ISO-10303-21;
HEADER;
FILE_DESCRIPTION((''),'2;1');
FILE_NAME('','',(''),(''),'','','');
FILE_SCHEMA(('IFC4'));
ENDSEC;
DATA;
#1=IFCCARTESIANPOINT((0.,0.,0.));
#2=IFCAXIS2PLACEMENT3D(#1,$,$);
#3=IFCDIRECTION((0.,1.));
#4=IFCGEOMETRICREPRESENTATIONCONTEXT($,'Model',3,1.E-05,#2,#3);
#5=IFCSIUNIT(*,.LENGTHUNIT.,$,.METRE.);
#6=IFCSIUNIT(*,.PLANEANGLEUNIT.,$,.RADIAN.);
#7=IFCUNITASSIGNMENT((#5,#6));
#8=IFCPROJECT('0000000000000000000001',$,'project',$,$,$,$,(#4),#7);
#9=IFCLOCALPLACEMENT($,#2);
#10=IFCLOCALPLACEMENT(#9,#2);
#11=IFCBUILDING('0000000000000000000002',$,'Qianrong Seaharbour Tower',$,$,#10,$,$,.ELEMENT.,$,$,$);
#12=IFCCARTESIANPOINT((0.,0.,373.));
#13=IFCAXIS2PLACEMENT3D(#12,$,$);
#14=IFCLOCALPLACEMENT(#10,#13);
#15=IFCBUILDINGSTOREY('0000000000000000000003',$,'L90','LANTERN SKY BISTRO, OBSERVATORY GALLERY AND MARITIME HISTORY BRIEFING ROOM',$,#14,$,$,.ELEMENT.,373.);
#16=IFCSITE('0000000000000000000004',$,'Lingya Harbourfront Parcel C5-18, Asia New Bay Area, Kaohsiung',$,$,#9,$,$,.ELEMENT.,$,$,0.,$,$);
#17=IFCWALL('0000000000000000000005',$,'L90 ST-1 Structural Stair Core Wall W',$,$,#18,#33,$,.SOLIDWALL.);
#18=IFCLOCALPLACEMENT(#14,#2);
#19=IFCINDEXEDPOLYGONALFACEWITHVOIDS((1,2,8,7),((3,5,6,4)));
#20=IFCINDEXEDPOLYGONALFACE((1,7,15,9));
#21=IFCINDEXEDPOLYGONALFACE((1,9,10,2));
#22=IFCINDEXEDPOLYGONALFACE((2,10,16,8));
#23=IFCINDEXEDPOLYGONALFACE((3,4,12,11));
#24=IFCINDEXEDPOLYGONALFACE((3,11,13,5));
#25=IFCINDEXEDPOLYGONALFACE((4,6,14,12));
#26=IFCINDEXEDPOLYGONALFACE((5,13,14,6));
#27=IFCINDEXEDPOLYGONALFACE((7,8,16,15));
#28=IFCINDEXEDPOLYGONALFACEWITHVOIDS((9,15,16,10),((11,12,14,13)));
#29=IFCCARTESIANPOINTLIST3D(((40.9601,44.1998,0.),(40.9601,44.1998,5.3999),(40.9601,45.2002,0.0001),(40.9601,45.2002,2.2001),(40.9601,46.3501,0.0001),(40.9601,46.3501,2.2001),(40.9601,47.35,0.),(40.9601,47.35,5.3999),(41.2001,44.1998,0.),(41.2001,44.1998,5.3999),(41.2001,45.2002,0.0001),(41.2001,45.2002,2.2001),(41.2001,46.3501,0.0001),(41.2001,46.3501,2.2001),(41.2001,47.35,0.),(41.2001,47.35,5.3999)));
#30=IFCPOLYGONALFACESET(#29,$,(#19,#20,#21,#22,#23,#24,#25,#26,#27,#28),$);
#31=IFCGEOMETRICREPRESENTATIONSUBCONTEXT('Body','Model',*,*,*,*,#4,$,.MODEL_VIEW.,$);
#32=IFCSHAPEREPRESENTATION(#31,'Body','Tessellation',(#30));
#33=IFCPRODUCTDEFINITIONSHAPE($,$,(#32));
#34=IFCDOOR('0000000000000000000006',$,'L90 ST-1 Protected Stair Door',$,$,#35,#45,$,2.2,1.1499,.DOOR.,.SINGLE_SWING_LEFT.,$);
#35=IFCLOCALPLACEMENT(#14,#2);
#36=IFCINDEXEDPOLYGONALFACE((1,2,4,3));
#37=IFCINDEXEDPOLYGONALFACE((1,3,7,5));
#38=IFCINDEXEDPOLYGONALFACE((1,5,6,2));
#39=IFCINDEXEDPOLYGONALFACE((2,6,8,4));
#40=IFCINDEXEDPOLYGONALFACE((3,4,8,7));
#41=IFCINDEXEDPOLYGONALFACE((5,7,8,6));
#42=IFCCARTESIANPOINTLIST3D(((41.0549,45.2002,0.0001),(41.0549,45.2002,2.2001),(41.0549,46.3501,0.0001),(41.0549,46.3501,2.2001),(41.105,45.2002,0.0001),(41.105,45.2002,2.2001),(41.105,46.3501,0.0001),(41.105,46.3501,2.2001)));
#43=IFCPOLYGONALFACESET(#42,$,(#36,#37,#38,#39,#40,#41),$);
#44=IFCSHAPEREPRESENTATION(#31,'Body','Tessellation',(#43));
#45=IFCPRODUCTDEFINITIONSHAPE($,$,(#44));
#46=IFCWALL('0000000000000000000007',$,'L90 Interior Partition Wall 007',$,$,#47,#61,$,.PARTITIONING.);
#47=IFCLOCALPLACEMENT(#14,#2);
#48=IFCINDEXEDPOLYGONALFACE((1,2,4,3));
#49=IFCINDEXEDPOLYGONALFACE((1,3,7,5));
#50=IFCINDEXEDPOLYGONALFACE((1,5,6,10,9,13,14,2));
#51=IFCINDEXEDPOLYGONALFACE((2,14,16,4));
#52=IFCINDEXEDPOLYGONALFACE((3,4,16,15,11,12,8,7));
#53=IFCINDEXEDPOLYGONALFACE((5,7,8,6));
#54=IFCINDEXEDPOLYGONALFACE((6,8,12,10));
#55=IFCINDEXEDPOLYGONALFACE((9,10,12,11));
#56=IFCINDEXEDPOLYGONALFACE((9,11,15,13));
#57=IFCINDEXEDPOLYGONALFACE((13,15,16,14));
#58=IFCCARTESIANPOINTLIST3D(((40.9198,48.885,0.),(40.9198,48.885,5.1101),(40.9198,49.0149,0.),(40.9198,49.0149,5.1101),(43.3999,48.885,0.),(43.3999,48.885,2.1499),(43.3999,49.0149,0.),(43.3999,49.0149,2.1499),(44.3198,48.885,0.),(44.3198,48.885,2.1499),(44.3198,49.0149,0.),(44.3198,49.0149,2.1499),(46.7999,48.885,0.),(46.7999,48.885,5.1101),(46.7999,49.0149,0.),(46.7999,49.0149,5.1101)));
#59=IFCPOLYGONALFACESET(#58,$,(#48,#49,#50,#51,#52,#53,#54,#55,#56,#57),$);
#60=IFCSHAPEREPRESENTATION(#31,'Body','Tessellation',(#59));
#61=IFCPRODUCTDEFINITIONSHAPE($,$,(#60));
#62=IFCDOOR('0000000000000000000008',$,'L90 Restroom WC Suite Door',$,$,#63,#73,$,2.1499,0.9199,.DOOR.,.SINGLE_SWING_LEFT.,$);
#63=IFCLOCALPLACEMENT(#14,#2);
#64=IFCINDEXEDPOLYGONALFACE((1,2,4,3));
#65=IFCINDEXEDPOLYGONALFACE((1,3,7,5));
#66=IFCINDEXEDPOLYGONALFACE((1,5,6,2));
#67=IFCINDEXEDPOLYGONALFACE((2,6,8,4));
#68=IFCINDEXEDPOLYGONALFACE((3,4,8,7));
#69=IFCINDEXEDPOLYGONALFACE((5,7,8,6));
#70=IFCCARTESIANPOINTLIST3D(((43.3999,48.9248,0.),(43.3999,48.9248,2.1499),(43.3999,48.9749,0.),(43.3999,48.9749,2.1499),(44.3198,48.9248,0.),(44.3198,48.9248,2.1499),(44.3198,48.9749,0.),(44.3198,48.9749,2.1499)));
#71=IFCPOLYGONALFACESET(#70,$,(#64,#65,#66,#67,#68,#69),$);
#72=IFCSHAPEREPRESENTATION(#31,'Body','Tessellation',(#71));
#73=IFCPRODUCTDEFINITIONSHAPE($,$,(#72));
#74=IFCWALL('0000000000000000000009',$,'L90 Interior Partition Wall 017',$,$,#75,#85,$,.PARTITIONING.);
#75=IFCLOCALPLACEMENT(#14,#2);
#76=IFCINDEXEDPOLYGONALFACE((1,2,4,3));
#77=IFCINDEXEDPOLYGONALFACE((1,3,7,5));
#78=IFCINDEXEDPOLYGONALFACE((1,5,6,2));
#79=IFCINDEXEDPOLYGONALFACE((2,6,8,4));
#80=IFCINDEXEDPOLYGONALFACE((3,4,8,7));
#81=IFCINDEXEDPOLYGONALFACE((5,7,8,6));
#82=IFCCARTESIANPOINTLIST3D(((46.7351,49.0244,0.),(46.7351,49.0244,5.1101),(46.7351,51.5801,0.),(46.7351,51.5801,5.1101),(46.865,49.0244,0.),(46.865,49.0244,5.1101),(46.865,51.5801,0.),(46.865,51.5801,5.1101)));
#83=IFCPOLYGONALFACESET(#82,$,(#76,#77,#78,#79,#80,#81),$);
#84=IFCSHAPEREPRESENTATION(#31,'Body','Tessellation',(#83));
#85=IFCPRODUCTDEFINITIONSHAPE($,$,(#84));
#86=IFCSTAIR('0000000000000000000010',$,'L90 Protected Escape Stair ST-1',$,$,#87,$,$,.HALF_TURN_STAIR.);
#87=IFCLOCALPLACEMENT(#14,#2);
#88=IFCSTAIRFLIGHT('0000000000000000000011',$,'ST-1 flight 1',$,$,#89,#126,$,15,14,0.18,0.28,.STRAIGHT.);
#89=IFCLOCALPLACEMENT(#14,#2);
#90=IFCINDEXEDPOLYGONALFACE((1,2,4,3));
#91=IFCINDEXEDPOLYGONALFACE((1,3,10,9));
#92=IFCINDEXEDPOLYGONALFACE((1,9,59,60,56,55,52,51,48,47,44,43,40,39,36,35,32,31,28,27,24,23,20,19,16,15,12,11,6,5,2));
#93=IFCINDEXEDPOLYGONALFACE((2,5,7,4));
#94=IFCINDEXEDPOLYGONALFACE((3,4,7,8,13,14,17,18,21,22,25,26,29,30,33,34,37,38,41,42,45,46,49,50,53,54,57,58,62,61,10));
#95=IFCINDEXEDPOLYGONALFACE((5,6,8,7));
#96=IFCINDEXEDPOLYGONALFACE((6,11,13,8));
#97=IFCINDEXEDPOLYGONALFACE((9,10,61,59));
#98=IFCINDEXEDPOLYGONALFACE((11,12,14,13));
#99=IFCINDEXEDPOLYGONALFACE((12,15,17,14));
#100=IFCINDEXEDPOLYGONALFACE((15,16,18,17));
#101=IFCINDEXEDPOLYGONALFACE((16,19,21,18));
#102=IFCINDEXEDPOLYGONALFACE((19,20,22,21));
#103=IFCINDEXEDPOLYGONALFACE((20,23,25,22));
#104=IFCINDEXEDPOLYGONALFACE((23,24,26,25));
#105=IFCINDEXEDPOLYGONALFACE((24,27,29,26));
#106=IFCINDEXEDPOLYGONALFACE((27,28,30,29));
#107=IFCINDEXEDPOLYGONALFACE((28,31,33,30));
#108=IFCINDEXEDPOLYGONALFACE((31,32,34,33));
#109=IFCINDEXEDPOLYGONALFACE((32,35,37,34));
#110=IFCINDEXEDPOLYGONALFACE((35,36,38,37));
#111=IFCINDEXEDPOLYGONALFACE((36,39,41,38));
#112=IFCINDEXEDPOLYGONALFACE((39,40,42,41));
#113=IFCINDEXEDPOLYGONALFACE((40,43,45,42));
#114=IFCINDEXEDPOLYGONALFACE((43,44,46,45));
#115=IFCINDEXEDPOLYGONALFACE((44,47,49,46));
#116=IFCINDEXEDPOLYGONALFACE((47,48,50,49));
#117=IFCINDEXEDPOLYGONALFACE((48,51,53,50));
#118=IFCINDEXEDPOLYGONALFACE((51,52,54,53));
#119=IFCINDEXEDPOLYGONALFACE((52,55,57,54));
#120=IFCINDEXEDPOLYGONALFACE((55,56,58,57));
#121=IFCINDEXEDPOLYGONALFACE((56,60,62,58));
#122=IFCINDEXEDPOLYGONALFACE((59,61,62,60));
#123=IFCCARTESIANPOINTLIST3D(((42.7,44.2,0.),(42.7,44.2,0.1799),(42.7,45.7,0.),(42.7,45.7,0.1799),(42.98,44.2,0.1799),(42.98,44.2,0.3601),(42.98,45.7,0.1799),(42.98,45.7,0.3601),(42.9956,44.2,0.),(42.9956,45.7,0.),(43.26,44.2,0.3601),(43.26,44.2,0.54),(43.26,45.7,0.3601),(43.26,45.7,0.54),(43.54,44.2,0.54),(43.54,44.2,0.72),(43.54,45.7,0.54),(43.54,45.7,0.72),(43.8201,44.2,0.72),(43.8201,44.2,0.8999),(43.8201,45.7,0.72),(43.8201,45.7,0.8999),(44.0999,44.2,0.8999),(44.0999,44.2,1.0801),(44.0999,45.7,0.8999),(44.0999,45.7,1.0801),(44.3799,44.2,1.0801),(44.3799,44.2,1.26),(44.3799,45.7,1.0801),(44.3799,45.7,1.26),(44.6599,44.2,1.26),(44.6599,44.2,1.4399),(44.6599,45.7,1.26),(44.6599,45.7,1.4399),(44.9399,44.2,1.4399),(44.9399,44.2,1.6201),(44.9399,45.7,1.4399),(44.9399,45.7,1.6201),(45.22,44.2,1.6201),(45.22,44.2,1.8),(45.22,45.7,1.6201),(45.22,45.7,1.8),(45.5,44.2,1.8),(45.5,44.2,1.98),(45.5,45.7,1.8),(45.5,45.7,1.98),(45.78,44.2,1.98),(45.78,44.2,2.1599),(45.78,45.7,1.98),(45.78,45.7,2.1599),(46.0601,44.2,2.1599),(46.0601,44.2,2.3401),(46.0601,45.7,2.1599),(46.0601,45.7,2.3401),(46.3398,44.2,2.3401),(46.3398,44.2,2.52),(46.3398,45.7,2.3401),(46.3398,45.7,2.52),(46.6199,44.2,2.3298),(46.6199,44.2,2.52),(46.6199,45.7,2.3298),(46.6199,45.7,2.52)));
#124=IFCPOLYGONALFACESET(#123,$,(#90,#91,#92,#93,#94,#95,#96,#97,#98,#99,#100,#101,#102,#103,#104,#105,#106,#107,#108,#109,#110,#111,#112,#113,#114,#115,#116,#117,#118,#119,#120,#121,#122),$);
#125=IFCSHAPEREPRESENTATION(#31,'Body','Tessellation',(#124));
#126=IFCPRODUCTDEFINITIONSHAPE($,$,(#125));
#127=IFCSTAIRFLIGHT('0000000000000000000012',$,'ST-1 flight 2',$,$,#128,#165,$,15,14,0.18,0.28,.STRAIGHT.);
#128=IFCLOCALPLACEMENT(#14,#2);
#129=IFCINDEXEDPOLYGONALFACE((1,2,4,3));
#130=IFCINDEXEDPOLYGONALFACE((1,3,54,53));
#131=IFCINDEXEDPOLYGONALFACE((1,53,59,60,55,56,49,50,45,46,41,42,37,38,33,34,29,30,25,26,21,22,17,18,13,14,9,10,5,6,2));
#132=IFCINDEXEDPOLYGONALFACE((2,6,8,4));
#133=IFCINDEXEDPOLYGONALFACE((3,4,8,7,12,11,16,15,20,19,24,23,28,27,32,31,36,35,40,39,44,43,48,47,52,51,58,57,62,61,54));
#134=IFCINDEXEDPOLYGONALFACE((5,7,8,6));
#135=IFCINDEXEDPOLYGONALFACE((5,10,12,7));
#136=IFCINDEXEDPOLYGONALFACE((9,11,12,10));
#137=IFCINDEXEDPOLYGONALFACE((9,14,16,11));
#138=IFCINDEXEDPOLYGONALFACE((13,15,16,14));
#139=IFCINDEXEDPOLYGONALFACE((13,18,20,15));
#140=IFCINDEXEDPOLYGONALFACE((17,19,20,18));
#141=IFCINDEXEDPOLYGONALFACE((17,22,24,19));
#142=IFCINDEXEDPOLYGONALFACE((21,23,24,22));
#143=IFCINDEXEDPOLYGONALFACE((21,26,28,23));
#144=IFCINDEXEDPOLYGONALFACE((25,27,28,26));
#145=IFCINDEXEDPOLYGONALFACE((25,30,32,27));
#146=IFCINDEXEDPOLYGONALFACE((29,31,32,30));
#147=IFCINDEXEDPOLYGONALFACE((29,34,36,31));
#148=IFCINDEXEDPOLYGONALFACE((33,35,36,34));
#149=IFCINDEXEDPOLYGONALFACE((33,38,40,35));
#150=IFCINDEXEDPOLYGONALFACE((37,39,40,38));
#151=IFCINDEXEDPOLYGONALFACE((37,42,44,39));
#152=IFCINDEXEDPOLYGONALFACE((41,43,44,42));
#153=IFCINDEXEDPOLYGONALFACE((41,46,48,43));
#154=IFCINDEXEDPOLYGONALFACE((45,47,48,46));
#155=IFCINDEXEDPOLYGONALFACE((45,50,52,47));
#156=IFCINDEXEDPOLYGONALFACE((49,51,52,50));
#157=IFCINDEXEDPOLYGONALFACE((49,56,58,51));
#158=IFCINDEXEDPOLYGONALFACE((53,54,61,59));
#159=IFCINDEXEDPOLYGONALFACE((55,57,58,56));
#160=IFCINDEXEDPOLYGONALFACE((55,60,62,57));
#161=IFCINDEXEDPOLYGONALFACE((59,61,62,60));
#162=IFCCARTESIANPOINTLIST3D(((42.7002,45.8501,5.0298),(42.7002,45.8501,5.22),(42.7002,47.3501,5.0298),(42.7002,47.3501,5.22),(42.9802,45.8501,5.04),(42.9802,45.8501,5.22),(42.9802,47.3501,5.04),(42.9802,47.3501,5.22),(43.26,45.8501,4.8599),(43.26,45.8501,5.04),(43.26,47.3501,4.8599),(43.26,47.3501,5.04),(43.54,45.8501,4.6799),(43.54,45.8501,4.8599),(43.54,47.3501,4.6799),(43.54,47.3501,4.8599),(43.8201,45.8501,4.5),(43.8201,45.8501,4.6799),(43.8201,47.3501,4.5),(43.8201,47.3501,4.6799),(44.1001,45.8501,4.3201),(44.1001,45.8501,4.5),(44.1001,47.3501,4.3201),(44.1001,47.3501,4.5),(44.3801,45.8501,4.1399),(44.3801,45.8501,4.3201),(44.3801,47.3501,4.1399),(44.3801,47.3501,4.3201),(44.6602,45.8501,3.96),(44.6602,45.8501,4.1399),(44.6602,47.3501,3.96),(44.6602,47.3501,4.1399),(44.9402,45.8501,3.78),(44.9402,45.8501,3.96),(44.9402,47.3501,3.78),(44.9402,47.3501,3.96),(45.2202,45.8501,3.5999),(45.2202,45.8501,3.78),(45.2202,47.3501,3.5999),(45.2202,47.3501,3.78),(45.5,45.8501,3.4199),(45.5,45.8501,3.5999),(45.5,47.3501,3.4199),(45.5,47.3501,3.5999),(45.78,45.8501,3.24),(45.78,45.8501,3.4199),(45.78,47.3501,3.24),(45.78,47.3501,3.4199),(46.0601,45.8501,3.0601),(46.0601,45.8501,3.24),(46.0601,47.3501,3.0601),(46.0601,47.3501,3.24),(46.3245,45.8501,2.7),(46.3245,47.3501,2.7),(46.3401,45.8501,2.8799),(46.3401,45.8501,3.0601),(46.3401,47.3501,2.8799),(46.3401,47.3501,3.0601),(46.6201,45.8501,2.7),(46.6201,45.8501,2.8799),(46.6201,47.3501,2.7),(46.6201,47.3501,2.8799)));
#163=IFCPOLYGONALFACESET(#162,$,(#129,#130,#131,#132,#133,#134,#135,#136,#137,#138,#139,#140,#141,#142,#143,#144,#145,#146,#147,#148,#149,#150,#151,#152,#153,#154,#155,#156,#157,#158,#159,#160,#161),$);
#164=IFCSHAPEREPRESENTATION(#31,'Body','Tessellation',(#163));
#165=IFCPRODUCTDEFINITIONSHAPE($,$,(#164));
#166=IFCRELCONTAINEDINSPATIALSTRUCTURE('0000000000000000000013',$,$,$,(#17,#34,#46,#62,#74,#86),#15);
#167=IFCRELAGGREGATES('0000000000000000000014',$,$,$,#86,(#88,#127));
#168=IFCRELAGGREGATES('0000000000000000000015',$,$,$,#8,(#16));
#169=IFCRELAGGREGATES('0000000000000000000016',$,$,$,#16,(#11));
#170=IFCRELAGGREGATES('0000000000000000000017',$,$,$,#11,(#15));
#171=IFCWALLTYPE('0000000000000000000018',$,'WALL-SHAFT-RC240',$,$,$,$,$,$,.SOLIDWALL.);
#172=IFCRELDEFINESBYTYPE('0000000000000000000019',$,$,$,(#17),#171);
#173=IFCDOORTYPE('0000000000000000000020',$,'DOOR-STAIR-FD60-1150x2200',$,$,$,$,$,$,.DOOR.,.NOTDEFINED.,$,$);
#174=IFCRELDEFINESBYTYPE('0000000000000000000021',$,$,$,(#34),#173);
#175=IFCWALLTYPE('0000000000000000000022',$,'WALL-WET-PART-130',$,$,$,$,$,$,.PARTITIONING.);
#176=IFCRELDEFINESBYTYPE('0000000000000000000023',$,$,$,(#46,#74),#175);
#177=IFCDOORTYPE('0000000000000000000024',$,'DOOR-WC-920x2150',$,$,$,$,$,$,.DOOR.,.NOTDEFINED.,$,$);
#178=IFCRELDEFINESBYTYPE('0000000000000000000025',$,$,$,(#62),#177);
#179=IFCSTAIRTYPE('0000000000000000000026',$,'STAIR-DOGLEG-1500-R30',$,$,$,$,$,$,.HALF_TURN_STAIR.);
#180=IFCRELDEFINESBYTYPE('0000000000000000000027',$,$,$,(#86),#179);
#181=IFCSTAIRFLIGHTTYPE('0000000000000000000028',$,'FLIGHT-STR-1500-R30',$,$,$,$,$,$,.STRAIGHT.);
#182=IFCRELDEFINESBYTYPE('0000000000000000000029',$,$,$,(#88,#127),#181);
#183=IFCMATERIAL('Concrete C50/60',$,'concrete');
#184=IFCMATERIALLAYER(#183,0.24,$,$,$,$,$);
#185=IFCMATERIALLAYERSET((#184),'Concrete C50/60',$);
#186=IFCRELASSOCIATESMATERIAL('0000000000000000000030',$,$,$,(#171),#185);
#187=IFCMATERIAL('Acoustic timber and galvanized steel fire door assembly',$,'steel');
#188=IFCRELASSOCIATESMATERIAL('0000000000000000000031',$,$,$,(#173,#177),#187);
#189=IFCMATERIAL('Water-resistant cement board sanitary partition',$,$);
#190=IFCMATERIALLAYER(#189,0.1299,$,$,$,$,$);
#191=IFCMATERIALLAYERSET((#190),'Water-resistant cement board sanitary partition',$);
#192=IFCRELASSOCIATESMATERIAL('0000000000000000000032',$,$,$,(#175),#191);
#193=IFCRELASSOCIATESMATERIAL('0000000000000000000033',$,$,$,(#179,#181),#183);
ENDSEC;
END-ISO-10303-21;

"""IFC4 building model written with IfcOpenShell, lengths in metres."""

from ifc_helpers import new_model, si_unit, direction, frame, frame_2d, origin, place, context, subcontext, project, spatial, polyline, rectangle, outline, extrude, material, layer, layer_set, type_object, element, fill, aggregate, save


model = new_model("IFC4")

# Units and contexts
model_context = context("Model", 3, precision=1e-05, world=origin(), true_north=direction((0.0, 1.0)))
body_context = subcontext(model_context, "Body", "Model", "MODEL_VIEW")
ifc_project = project(units=[si_unit("LENGTHUNIT", "METRE"), si_unit("PLANEANGLEUNIT", "RADIAN")], contexts=[model_context])

# Site, building, storey
site_placement = place(None, origin())
site = spatial("IfcSite", under=ifc_project, at=site_placement, Name="Lingya Harbourfront Parcel C5-18, Asia New Bay Area, Kaohsiung", CompositionType="ELEMENT", RefElevation=0.0)
building_placement = place(site_placement, origin())
building = spatial("IfcBuilding", under=site, at=building_placement, Name="Qianrong Seaharbour Tower", CompositionType="ELEMENT")
storey_placement = place(building_placement, frame((0.0, 0.0, 373.0)))
storey = spatial("IfcBuildingStorey", under=building, at=storey_placement, Name="L90", Description="LANTERN SKY BISTRO, OBSERVATORY GALLERY AND MARITIME HISTORY BRIEFING ROOM", CompositionType="ELEMENT", Elevation=373.0)

# Shared definitions
ifc_material_1 = material(Name="Concrete C50/60", Category="concrete")

# Shared definitions
ifc_material_2 = material(Name="Acoustic timber and galvanized steel fire door assembly", Category="steel")

# Shared definitions
ifc_layer_1 = layer(ifc_material_1, 0.24)
ifc_layer_set_1 = layer_set([ifc_layer_1], Name="Concrete C50/60")
wall_type_1 = type_object("IfcWallType", Name="WALL-SHAFT-RC240", PredefinedType="SOLIDWALL", material=ifc_layer_set_1)

# Walls, openings, doors
wall_1_placement = place(storey_placement, frame((41.0801, 47.3501, 0.0), z_axis=(0.0, 0.0, 1.0), x_axis=(0.0, -1.0, 0.0)))
wall_1 = element("IfcWall", 1, at=wall_1_placement, inside=storey, type_object=wall_type_1, Name="L90 ST-1 Structural Stair Core Wall W", PredefinedType="SOLIDWALL", context=body_context, shape_type="SweptSolid", body=[
    extrude(rectangle(XDim=3.1501, YDim=0.24, at=frame_2d((1.5752, 0.0))), origin(), (0.0, 0.0, 1.0), 5.3999),
])
opening_1_placement = place(wall_1_placement, frame((1.0, 0.0, 0.0)))
opening_1 = element("IfcOpeningElement", 2, at=opening_1_placement, cuts=wall_1, PredefinedType="OPENING", context=body_context, shape_type="SweptSolid", body=[
    extrude(rectangle(XDim=1.1499, YDim=2.2, at=frame_2d((0.575, 1.1001))), frame((0.0, 0.1299, 0.0), z_axis=(0.0, -1.0, 0.0), x_axis=(1.0, 0.0, 0.0)), (0.0, 0.0, 1.0), 0.26),
])
door_type_1 = type_object("IfcDoorType", Name="DOOR-STAIR-FD60-1150x2200", OperationType="NOTDEFINED", PredefinedType="DOOR", material=ifc_material_2)
door_1_placement = place(opening_1_placement, origin())
door_1 = element("IfcDoor", 3, at=door_1_placement, inside=storey, type_object=door_type_1, Name="L90 ST-1 Protected Stair Door", OperationType="SINGLE_SWING_LEFT", OverallHeight=2.2, OverallWidth=1.1499, PredefinedType="DOOR", context=body_context, shape_type="SweptSolid", body=[
    extrude(rectangle(XDim=1.1499, YDim=2.2, at=frame_2d((0.575, 1.1001))), frame((0.0, 0.0249, 0.0), z_axis=(0.0, -1.0, 0.0), x_axis=(1.0, 0.0, 0.0)), (0.0, 0.0, 1.0), 0.05),
])
fill(opening_1, door_1)
ifc_material_3 = material(Name="Water-resistant cement board sanitary partition")
ifc_layer_2 = layer(ifc_material_3, 0.1299)
ifc_layer_set_2 = layer_set([ifc_layer_2], Name="Water-resistant cement board sanitary partition")
wall_type_2 = type_object("IfcWallType", Name="WALL-WET-PART-130", PredefinedType="PARTITIONING", material=ifc_layer_set_2)
wall_2_placement = place(storey_placement, frame((40.9199, 48.95, 0.0), z_axis=(0.0, 0.0, 1.0), x_axis=(1.0, 0.0, 0.0)))
wall_2 = element("IfcWall", 4, at=wall_2_placement, inside=storey, type_object=wall_type_2, Name="L90 Interior Partition Wall 007", PredefinedType="PARTITIONING", context=body_context, shape_type="SweptSolid", body=[
    extrude(rectangle(XDim=5.8801, YDim=0.1299, at=frame_2d((2.9399, 0.0))), origin(), (0.0, 0.0, 1.0), 5.1101),
])
opening_2_placement = place(wall_2_placement, frame((2.48, 0.0, 0.0)))
opening_2 = element("IfcOpeningElement", 5, at=opening_2_placement, cuts=wall_2, PredefinedType="OPENING", context=body_context, shape_type="SweptSolid", body=[
    extrude(rectangle(XDim=0.9199, YDim=2.1499, at=frame_2d((0.46, 1.075))), frame((0.0, 0.075, 0.0), z_axis=(0.0, -1.0, 0.0), x_axis=(1.0, 0.0, 0.0)), (0.0, 0.0, 1.0), 0.1499),
])
door_type_2 = type_object("IfcDoorType", Name="DOOR-WC-920x2150", OperationType="NOTDEFINED", PredefinedType="DOOR", material=ifc_material_2)
door_2_placement = place(opening_2_placement, origin())
door_2 = element("IfcDoor", 6, at=door_2_placement, inside=storey, type_object=door_type_2, Name="L90 Restroom WC Suite Door", OperationType="SINGLE_SWING_LEFT", OverallHeight=2.1499, OverallWidth=0.9199, PredefinedType="DOOR", context=body_context, shape_type="SweptSolid", body=[
    extrude(rectangle(XDim=0.9199, YDim=2.1499, at=frame_2d((0.46, 1.075))), frame((0.0, 0.0249, 0.0), z_axis=(0.0, -1.0, 0.0), x_axis=(1.0, 0.0, 0.0)), (0.0, 0.0, 1.0), 0.05),
])
fill(opening_2, door_2)

# Wall
wall_3_placement = place(storey_placement, frame((46.8, 51.5801, 0.0), z_axis=(0.0, 0.0, 1.0), x_axis=(0.0, -1.0, 0.0)))
element("IfcWall", 7, at=wall_3_placement, inside=storey, type_object=wall_type_2, Name="L90 Interior Partition Wall 017", PredefinedType="PARTITIONING", context=body_context, shape_type="SweptSolid", body=[
    extrude(rectangle(XDim=2.5557, YDim=0.1299, at=frame_2d((1.2778, 0.0))), origin(), (0.0, 0.0, 1.0), 5.1101),
])

# Stair, stair flights
stair_type = type_object("IfcStairType", Name="STAIR-DOGLEG-1500-R30", PredefinedType="HALF_TURN_STAIR", material=ifc_material_1)
stair_placement = place(storey_placement, origin())
stair = element("IfcStair", 8, at=stair_placement, inside=storey, type_object=stair_type, Name="L90 Protected Escape Stair ST-1", PredefinedType="HALF_TURN_STAIR")
stair_flight_type = type_object("IfcStairFlightType", Name="FLIGHT-STR-1500-R30", PredefinedType="STRAIGHT", material=ifc_material_1)
stair_flight_1_placement = place(storey_placement, frame((42.7, 44.95, 0.0), z_axis=(0.0, 0.0, 1.0), x_axis=(1.0, 0.0, 0.0)))
stair_flight_1 = element("IfcStairFlight", 9, at=stair_flight_1_placement, type_object=stair_flight_type, Name="ST-1 flight 1", NumberOfRisers=15, NumberOfTreads=14, PredefinedType="STRAIGHT", RiserHeight=0.18, TreadLength=0.28, context=body_context, shape_type="SweptSolid", body=[
    extrude(outline(polyline([(0.0, 0.0), (0.0, 0.1799), (0.28, 0.1799), (0.28, 0.3601), (0.5601, 0.3601), (0.5601, 0.54), (0.8401, 0.54), (0.8401, 0.72), (1.1201, 0.72), (1.1201, 0.8999), (1.3999, 0.8999), (1.3999, 1.0801), (1.6799, 1.0801), (1.6799, 1.26), (1.96, 1.26), (1.96, 1.4399), (2.24, 1.4399), (2.24, 1.6201), (2.52, 1.6201), (2.52, 1.8), (2.8, 1.8), (2.8, 1.98), (3.0801, 1.98), (3.0801, 2.1599), (3.3601, 2.1599), (3.3601, 2.3401), (3.6399, 2.3401), (3.6399, 2.52), (3.9199, 2.52), (3.9199, 2.7), (3.9199, 2.3298), (0.2957, 0.0), (0.0, 0.0)])), frame((0.0, 0.75, 0.0), z_axis=(0.0, -1.0, 0.0), x_axis=(1.0, 0.0, 0.0)), (0.0, 0.0, 1.0), 1.5),
])
stair_flight_2_placement = place(storey_placement, frame((46.6201, 46.6001, 2.7), z_axis=(0.0, 0.0, 1.0), x_axis=(-1.0, 0.0, 0.0)))
stair_flight_2 = element("IfcStairFlight", 10, at=stair_flight_2_placement, type_object=stair_flight_type, Name="ST-1 flight 2", NumberOfRisers=15, NumberOfTreads=14, PredefinedType="STRAIGHT", RiserHeight=0.18, TreadLength=0.28, context=body_context, shape_type="SweptSolid", body=[
    extrude(outline(polyline([(0.0, 0.0), (0.0, 0.1799), (0.28, 0.1799), (0.28, 0.3601), (0.5601, 0.3601), (0.5601, 0.54), (0.8401, 0.54), (0.8401, 0.72), (1.1201, 0.72), (1.1201, 0.8999), (1.3999, 0.8999), (1.3999, 1.0801), (1.6799, 1.0801), (1.6799, 1.26), (1.96, 1.26), (1.96, 1.4399), (2.24, 1.4399), (2.24, 1.6201), (2.52, 1.6201), (2.52, 1.8), (2.8, 1.8), (2.8, 1.98), (3.0801, 1.98), (3.0801, 2.1599), (3.3601, 2.1599), (3.3601, 2.3401), (3.6399, 2.3401), (3.6399, 2.52), (3.9199, 2.52), (3.9199, 2.7), (3.9199, 2.3298), (0.2957, 0.0), (0.0, 0.0)])), frame((0.0, 0.75, 0.0), z_axis=(0.0, -1.0, 0.0), x_axis=(1.0, 0.0, 0.0)), (0.0, 0.0, 1.0), 1.5),
])
aggregate(stair, [stair_flight_1, stair_flight_2])

save(model, "model.ifc")
